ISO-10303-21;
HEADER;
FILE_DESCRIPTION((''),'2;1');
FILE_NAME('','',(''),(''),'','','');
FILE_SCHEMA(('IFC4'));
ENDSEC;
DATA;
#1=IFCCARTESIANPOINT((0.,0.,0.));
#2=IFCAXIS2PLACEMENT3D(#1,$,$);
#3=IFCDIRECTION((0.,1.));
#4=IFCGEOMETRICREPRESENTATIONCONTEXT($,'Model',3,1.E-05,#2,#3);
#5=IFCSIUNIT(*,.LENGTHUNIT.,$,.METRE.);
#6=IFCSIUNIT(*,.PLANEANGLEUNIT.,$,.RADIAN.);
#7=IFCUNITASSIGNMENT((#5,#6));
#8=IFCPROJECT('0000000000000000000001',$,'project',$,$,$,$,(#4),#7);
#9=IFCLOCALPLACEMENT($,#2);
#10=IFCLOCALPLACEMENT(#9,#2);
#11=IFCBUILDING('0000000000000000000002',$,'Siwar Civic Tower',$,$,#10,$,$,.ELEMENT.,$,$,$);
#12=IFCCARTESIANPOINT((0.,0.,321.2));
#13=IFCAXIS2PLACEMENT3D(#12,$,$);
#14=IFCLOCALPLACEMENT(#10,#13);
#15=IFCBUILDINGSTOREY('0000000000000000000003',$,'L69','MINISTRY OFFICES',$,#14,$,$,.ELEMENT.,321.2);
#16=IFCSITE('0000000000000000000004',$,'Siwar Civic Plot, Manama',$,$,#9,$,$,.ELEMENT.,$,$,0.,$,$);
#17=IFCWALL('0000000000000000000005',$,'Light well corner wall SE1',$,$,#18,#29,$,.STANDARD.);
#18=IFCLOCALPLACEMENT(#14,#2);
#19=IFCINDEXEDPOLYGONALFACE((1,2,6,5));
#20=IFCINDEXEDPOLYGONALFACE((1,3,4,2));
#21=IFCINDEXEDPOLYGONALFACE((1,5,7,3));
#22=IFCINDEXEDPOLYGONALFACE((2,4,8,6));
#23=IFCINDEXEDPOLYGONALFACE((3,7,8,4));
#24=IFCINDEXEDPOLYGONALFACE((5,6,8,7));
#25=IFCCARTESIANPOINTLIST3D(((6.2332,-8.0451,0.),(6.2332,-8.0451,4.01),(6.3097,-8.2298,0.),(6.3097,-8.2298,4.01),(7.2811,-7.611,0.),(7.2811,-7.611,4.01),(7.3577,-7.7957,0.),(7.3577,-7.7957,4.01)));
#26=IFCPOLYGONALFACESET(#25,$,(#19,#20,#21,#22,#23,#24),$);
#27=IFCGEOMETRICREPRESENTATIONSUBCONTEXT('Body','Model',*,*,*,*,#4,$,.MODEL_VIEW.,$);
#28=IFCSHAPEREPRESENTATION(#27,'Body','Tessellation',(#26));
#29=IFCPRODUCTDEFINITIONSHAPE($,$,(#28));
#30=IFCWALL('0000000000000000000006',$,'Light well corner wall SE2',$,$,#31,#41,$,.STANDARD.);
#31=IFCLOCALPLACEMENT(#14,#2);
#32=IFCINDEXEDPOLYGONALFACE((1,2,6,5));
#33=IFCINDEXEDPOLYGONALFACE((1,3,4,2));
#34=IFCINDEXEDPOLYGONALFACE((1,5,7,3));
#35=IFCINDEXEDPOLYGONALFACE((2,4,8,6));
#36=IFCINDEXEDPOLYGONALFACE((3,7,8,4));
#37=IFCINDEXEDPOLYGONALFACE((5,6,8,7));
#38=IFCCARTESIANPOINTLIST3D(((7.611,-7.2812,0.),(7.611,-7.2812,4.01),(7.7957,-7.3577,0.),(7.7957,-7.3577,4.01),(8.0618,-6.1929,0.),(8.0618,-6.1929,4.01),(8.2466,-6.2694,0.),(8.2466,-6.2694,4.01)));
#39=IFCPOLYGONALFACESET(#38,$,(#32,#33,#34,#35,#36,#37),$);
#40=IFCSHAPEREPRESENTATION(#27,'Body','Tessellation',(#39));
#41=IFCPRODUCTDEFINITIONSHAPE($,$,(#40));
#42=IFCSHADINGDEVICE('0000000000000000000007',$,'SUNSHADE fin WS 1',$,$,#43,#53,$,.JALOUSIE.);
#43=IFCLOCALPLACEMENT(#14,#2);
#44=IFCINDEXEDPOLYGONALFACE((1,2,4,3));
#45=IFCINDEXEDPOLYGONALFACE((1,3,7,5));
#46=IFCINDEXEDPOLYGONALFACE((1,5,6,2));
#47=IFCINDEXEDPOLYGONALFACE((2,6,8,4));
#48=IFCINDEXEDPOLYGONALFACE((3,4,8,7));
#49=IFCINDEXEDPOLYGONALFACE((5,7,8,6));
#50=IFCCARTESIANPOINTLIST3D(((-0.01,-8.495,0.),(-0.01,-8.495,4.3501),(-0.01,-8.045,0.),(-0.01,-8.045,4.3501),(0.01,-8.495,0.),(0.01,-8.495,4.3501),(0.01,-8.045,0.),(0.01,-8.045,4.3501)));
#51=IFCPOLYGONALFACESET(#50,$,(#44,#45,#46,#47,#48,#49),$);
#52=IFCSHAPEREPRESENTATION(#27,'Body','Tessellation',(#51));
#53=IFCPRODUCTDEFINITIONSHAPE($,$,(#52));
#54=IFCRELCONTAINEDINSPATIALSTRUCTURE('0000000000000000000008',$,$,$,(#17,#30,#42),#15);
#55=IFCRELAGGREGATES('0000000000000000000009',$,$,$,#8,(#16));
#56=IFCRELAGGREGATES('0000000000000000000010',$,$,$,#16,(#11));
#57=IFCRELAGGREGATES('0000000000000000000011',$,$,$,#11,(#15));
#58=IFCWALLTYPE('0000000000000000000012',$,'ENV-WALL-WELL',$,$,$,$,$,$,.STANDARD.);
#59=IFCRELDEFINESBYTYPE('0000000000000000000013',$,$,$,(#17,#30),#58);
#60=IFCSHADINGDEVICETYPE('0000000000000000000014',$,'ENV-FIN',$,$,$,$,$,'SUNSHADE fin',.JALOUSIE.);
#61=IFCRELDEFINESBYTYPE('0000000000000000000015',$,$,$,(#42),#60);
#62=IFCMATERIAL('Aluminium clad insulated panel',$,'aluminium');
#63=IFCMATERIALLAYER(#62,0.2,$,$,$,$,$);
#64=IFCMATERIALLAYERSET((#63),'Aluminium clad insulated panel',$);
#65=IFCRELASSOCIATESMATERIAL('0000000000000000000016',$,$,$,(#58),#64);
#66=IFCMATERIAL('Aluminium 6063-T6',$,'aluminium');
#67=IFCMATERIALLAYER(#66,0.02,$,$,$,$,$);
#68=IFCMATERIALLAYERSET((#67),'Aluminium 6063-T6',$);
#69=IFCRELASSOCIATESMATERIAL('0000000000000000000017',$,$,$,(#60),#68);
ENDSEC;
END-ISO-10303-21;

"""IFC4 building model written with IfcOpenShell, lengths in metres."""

from ifc_helpers import new_model, si_unit, direction, frame, frame_2d, origin, origin_2d, place, context, subcontext, project, spatial, rectangle, extrude, material, layer, layer_set, type_object, element, save


model = new_model("IFC4")

# Units and contexts
model_context = context("Model", 3, precision=1e-05, world=origin(), true_north=direction((0.0, 1.0)))
body_context = subcontext(model_context, "Body", "Model", "MODEL_VIEW")
ifc_project = project(units=[si_unit("LENGTHUNIT", "METRE"), si_unit("PLANEANGLEUNIT", "RADIAN")], contexts=[model_context])

# Site, building, storey
site_placement = place(None, origin())
site = spatial("IfcSite", under=ifc_project, at=site_placement, Name="Siwar Civic Plot, Manama", CompositionType="ELEMENT", RefElevation=0.0)
building_placement = place(site_placement, origin())
building = spatial("IfcBuilding", under=site, at=building_placement, Name="Siwar Civic Tower", CompositionType="ELEMENT")
storey_placement = place(building_placement, frame((0.0, 0.0, 321.2)))
storey = spatial("IfcBuildingStorey", under=building, at=storey_placement, Name="L69", Description="MINISTRY OFFICES", CompositionType="ELEMENT", Elevation=321.2)

# Walls
ifc_material_1 = material(Name="Aluminium clad insulated panel", Category="aluminium")
ifc_layer_1 = layer(ifc_material_1, 0.2)
ifc_layer_set_1 = layer_set([ifc_layer_1], Name="Aluminium clad insulated panel")
wall_type_1 = type_object("IfcWallType", Name="ENV-WALL-WELL", PredefinedType="STANDARD", material=ifc_layer_set_1)
wall_1_placement = place(storey_placement, frame((6.2715, -8.1375, 0.0), z_axis=(0.0, 0.0, 1.0), x_axis=(0.923865, 0.382719, 0.0)))
element("IfcWall", 1, at=wall_1_placement, inside=storey, type_object=wall_type_1, Name="Light well corner wall SE1", PredefinedType="STANDARD", context=body_context, shape_type="SweptSolid", body=[
    extrude(rectangle(XDim=1.1343, YDim=0.2, at=frame_2d((0.5671, 0.0))), origin(), (0.0, 0.0, 1.0), 4.01),
])
wall_2_placement = place(storey_placement, frame((7.7034, -7.3193, 0.0), z_axis=(0.0, 0.0, 1.0), x_axis=(0.382761, 0.923848, 0.0)))
element("IfcWall", 2, at=wall_2_placement, inside=storey, type_object=wall_type_1, Name="Light well corner wall SE2", PredefinedType="STANDARD", context=body_context, shape_type="SweptSolid", body=[
    extrude(rectangle(XDim=1.178, YDim=0.2, at=frame_2d((0.5889, 0.0))), origin(), (0.0, 0.0, 1.0), 4.01),
])

# Shading device
ifc_material_2 = material(Name="Aluminium 6063-T6", Category="aluminium")
ifc_layer_2 = layer(ifc_material_2, 0.02)
ifc_layer_set_2 = layer_set([ifc_layer_2], Name="Aluminium 6063-T6")
shading_device_type = type_object("IfcShadingDeviceType", Name="ENV-FIN", ElementType="SUNSHADE fin", PredefinedType="JALOUSIE", material=ifc_layer_set_2)
shading_device_placement = place(storey_placement, frame((0.0, -8.27, 0.0), z_axis=(0.0, 0.0, 1.0), x_axis=(1.0, 0.0, 0.0)))
element("IfcShadingDevice", 3, at=shading_device_placement, inside=storey, type_object=shading_device_type, Name="SUNSHADE fin WS 1", PredefinedType="JALOUSIE", context=body_context, shape_type="SweptSolid", body=[
    extrude(rectangle(XDim=0.02, YDim=0.45, at=origin_2d()), origin(), (0.0, 0.0, 1.0), 4.3501),
])

save(model, "model.ifc")
